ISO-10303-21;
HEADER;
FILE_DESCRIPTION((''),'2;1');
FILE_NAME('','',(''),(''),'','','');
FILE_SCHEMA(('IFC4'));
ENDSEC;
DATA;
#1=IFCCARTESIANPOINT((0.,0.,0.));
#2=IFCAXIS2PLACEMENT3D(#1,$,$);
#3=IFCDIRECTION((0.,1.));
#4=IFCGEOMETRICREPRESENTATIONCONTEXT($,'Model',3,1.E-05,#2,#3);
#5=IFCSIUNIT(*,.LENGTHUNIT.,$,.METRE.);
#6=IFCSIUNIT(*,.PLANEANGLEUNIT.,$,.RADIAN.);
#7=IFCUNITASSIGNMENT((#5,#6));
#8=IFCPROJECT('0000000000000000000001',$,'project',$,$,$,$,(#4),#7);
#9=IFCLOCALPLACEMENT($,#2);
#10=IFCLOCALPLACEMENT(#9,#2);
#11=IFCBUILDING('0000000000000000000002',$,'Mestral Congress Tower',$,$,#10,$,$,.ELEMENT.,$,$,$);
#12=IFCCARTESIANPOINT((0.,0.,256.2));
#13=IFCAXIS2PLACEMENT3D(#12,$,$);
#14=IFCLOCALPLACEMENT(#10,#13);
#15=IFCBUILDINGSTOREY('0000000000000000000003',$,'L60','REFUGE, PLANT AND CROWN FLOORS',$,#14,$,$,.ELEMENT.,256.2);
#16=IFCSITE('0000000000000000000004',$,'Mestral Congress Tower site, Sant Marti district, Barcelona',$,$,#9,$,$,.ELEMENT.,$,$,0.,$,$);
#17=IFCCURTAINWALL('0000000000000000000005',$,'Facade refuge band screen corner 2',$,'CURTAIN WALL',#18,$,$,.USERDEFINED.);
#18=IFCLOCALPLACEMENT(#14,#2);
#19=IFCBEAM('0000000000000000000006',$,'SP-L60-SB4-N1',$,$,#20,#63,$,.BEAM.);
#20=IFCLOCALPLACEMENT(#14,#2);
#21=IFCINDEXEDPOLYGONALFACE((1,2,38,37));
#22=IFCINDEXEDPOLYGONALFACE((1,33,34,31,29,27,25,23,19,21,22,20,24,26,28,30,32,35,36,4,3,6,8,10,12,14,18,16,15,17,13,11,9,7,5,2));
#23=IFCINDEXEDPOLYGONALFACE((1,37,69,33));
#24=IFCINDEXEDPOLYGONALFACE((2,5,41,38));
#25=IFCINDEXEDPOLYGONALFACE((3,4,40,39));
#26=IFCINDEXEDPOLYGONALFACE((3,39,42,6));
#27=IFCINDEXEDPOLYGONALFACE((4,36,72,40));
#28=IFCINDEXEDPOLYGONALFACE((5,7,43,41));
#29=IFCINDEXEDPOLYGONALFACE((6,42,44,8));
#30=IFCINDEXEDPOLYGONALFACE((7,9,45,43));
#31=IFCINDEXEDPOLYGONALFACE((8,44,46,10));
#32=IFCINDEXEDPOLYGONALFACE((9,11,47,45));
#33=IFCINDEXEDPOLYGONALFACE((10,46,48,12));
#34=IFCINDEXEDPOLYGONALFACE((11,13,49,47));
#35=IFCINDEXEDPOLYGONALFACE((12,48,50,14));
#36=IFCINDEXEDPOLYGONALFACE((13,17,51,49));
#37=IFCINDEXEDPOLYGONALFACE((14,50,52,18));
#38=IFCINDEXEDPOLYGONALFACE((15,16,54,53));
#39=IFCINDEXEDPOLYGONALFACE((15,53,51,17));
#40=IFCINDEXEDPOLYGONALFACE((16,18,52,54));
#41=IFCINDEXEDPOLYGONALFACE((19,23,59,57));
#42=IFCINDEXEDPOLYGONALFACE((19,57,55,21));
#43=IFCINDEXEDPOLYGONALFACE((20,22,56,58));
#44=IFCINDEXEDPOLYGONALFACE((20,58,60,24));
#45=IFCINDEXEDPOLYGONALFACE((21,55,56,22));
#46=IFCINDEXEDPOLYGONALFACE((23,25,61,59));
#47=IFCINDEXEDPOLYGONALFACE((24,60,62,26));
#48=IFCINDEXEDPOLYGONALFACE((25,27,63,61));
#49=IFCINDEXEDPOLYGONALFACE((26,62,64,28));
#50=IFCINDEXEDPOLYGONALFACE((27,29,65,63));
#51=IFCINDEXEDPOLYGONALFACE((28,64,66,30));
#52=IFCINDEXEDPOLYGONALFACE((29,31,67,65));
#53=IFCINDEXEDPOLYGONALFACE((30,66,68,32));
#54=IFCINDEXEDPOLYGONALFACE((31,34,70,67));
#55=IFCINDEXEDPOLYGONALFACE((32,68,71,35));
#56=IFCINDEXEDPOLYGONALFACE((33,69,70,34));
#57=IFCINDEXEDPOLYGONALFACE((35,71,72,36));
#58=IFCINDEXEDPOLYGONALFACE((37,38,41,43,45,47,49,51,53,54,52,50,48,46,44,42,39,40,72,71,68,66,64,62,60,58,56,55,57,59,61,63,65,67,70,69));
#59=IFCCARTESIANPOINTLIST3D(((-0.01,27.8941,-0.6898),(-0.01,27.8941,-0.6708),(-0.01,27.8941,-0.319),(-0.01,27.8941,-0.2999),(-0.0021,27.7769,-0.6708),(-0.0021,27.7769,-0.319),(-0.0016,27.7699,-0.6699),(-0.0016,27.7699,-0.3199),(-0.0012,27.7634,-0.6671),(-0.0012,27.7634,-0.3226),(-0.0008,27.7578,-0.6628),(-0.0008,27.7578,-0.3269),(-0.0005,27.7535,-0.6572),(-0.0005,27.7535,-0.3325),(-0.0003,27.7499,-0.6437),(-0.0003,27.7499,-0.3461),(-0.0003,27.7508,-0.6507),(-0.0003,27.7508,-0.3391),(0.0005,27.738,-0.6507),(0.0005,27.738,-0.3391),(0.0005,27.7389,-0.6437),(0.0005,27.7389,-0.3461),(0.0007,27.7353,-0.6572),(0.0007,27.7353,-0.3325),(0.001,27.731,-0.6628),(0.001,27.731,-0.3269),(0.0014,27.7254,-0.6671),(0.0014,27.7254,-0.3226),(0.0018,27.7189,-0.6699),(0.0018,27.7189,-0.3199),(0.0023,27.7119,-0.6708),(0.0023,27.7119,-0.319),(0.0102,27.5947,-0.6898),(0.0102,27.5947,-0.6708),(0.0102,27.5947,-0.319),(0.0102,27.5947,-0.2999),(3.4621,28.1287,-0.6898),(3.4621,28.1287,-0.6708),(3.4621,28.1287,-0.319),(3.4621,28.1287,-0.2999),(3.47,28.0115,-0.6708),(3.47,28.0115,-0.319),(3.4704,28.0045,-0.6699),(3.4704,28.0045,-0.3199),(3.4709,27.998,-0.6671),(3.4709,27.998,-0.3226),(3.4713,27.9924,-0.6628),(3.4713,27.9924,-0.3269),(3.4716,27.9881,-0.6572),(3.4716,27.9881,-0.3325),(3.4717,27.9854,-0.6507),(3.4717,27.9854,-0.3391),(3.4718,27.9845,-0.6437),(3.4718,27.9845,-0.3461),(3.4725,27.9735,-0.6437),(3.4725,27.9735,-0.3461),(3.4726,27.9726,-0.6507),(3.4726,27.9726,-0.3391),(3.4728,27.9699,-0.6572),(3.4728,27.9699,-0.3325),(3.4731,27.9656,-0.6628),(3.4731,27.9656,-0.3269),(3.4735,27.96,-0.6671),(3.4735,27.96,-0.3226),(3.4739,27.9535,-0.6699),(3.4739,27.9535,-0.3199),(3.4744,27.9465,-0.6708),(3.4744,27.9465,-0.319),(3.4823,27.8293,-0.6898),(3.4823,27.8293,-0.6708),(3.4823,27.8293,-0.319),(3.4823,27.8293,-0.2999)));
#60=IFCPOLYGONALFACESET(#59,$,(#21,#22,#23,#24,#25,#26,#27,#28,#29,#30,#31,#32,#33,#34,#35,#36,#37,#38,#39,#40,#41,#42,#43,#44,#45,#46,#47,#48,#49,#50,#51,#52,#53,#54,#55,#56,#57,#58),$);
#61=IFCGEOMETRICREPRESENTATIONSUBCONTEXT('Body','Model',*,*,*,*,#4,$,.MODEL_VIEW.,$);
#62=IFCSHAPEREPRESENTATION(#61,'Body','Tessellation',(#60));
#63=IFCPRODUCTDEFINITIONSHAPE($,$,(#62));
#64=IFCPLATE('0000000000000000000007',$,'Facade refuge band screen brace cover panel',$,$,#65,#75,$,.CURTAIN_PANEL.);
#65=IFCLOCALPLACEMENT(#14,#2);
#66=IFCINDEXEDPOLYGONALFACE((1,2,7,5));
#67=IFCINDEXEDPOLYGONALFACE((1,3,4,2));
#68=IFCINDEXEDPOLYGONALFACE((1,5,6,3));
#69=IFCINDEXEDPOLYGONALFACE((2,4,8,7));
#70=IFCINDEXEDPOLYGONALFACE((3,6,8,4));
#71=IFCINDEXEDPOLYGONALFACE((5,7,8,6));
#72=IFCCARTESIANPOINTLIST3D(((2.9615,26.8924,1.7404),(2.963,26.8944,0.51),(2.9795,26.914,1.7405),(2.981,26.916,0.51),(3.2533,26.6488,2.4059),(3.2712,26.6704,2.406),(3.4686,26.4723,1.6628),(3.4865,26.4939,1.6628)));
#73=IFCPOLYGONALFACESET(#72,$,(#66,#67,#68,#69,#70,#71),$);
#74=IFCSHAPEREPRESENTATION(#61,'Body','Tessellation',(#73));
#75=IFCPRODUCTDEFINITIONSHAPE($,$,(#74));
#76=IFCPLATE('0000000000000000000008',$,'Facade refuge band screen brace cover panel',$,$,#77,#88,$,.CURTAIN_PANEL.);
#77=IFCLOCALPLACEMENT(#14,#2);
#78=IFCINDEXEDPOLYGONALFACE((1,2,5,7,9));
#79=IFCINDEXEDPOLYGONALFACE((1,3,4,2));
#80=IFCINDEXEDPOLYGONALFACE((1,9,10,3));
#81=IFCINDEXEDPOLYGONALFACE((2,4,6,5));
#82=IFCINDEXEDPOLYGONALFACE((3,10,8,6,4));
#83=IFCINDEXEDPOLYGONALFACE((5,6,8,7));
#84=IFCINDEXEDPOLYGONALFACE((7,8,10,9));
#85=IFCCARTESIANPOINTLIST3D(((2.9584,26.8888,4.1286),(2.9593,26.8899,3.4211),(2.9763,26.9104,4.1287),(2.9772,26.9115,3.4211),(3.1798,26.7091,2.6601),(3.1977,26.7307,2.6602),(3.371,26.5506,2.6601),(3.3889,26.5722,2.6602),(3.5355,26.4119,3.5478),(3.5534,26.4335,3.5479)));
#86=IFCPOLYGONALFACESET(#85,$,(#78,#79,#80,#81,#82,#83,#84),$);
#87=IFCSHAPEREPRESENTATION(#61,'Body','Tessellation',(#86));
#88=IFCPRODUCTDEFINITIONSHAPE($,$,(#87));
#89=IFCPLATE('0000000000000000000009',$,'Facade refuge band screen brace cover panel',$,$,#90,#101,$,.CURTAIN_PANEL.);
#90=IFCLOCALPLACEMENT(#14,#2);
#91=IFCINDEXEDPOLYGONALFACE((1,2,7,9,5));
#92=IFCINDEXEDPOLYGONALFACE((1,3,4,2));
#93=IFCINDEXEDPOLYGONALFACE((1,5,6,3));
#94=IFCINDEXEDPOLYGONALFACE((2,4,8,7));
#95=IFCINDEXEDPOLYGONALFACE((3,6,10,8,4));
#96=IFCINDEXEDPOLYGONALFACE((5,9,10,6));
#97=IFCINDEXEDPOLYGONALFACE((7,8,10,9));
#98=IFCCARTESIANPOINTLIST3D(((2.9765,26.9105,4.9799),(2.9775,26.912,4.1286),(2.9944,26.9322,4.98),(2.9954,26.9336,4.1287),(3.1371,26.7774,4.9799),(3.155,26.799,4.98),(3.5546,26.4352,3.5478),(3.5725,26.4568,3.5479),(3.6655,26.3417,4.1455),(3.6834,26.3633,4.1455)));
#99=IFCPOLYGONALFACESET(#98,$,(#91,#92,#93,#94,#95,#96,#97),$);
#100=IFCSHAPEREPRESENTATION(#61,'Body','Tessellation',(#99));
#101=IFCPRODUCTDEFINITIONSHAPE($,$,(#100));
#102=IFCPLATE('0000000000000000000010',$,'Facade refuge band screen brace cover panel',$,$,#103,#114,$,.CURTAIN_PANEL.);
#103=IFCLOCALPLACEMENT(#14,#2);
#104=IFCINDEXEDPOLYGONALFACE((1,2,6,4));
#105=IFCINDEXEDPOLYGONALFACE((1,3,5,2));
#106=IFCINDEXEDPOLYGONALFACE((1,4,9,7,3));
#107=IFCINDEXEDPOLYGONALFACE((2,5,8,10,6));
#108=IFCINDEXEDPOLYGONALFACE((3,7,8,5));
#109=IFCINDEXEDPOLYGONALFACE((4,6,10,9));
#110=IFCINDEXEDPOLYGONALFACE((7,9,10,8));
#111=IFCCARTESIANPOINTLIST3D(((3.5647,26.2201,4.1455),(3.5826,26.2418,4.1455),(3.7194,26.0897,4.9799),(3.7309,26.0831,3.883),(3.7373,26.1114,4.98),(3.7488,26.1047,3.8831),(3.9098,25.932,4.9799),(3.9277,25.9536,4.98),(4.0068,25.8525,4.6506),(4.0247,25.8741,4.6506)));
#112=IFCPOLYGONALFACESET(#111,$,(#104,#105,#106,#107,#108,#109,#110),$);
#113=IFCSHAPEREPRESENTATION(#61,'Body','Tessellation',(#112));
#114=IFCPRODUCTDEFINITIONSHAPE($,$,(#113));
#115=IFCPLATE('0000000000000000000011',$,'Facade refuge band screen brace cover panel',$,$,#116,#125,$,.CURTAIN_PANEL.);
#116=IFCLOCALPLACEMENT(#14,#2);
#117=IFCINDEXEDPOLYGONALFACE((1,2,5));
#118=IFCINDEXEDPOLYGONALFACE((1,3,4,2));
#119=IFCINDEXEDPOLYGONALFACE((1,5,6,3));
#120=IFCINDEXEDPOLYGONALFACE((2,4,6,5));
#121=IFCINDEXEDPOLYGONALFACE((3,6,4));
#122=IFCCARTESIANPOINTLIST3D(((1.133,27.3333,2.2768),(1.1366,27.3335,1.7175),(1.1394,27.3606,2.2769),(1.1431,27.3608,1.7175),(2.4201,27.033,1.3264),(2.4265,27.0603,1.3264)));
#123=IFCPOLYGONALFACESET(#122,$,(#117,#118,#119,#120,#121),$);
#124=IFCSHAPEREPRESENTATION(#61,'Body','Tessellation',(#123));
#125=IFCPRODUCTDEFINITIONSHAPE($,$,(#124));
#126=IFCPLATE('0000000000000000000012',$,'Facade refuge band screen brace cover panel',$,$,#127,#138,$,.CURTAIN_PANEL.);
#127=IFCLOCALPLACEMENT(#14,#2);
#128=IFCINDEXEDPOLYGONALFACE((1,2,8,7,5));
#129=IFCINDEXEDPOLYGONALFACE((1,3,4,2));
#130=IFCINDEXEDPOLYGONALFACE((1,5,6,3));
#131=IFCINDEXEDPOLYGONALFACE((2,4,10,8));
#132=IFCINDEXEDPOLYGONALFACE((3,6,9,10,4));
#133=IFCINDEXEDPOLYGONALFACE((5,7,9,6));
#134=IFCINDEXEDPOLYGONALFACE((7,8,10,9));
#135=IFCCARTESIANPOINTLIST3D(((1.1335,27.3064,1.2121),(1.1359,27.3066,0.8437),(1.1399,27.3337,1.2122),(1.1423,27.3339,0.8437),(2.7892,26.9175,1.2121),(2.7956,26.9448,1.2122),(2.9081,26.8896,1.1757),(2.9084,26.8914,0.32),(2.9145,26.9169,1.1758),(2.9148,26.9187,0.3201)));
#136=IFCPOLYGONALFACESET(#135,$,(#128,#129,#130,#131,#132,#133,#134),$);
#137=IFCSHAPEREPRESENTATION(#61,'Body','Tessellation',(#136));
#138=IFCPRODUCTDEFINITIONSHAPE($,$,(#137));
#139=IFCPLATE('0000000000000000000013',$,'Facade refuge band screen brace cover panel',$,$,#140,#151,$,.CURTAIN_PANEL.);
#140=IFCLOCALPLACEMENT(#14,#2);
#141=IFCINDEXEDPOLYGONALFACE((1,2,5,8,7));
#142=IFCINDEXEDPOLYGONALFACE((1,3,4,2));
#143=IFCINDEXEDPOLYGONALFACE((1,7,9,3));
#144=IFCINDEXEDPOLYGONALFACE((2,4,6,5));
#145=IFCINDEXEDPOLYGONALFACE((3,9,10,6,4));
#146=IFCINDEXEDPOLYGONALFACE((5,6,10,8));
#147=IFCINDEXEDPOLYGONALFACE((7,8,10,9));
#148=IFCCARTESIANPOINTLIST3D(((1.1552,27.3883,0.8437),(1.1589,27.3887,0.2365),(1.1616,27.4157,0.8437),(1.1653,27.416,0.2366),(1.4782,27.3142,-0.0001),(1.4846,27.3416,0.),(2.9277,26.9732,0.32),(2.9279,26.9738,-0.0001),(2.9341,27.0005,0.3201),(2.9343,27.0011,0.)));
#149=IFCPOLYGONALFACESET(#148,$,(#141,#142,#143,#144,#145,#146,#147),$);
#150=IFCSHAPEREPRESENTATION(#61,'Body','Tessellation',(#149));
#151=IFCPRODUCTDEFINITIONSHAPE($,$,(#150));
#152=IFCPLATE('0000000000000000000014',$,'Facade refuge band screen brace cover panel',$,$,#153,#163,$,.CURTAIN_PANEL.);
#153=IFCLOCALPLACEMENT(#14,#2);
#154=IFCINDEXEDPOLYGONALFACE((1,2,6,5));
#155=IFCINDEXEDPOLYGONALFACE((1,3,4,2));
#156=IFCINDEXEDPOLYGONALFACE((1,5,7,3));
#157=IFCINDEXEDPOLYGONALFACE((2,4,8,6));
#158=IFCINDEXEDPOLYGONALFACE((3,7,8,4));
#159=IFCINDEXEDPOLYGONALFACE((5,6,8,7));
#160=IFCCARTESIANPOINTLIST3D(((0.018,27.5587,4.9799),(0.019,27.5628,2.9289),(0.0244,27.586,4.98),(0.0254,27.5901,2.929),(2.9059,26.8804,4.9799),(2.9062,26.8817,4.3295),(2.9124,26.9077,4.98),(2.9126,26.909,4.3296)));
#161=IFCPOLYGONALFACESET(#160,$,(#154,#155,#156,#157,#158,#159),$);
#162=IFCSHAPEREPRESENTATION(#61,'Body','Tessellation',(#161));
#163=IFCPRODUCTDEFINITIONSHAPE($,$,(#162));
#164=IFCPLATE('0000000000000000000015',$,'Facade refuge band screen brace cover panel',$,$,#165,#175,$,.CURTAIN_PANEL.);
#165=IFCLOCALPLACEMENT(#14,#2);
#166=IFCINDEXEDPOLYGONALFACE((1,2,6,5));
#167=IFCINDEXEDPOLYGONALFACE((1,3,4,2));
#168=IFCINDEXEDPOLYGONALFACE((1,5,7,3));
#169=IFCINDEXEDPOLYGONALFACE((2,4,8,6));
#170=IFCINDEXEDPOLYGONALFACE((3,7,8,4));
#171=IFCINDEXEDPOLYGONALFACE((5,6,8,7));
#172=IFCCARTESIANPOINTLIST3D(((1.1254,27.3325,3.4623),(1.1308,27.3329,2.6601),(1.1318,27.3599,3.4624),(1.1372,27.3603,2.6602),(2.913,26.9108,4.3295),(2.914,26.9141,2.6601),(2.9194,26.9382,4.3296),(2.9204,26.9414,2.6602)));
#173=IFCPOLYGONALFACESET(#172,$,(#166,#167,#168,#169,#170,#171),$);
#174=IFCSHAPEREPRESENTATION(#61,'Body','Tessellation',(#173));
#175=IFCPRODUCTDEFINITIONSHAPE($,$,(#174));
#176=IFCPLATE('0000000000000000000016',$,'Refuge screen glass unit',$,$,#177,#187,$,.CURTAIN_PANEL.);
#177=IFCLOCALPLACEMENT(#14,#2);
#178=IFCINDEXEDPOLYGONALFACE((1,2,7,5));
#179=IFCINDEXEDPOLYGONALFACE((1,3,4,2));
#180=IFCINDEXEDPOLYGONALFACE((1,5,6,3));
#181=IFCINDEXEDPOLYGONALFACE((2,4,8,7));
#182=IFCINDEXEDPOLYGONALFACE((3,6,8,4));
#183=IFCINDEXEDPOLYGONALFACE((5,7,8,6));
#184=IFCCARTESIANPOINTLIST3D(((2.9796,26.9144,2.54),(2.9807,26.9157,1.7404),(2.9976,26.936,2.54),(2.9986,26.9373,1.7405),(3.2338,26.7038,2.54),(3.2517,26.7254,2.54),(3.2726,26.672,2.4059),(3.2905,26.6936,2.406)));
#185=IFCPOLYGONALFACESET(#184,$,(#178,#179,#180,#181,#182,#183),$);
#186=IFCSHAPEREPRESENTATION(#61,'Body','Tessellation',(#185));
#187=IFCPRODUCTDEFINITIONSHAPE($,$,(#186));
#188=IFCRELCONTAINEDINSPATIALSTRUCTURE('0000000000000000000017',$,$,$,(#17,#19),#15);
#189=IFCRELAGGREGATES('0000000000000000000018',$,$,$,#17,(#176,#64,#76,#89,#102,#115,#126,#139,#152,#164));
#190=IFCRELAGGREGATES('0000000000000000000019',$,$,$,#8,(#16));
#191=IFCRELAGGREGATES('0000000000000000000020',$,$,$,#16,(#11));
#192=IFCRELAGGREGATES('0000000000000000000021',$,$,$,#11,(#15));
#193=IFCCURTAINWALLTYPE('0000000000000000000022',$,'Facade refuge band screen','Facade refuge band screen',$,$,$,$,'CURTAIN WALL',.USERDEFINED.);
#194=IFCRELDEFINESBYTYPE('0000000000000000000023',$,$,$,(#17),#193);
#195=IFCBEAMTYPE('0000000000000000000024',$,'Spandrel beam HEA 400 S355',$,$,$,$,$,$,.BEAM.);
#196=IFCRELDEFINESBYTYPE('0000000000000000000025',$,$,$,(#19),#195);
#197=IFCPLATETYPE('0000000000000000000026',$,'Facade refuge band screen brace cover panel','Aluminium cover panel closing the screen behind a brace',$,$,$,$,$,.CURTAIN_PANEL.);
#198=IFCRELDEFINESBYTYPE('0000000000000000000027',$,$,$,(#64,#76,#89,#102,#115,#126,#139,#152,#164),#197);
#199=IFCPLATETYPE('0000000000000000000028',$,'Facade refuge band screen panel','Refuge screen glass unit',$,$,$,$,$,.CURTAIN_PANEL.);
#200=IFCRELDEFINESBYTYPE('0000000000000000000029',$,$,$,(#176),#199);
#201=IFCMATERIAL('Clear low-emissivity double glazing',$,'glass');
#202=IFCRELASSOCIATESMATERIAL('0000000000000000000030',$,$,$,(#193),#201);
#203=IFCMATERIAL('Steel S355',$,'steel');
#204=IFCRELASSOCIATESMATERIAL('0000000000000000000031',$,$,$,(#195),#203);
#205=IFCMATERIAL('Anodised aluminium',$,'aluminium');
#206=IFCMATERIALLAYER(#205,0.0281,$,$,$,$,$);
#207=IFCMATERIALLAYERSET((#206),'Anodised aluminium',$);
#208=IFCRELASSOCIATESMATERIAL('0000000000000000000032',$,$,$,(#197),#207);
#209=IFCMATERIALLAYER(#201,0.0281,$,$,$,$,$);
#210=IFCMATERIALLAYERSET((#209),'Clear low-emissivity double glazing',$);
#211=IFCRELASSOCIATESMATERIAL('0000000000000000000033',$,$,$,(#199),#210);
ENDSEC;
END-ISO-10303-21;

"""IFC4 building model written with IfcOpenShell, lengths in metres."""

from ifc_helpers import new_model, si_unit, direction, frame, origin, origin_2d, place, context, subcontext, project, spatial, polyline, i_section, outline, extrude, material, layer, layer_set, material_profile, profile_set, type_object, element, aggregate, save


model = new_model("IFC4")

# Units and contexts
model_context = context("Model", 3, precision=1e-05, world=origin(), true_north=direction((0.0, 1.0)))
body_context = subcontext(model_context, "Body", "Model", "MODEL_VIEW")
ifc_project = project(units=[si_unit("LENGTHUNIT", "METRE"), si_unit("PLANEANGLEUNIT", "RADIAN")], contexts=[model_context])

# Site, building, storey
site_placement = place(None, origin())
site = spatial("IfcSite", under=ifc_project, at=site_placement, Name="Mestral Congress Tower site, Sant Marti district, Barcelona", CompositionType="ELEMENT", RefElevation=0.0)
building_placement = place(site_placement, origin())
building = spatial("IfcBuilding", under=site, at=building_placement, Name="Mestral Congress Tower", CompositionType="ELEMENT")
storey_placement = place(building_placement, frame((0.0, 0.0, 256.2)))
storey = spatial("IfcBuildingStorey", under=building, at=storey_placement, Name="L60", Description="REFUGE, PLANT AND CROWN FLOORS", CompositionType="ELEMENT", Elevation=256.2)

# Shared definitions
ifc_material_1 = material(Name="Steel S355", Category="steel")

# Curtain wall
ifc_material_2 = material(Name="Clear low-emissivity double glazing", Category="glass")
curtain_wall_type = type_object("IfcCurtainWallType", Name="Facade refuge band screen", Description="Facade refuge band screen", ElementType="CURTAIN WALL", PredefinedType="USERDEFINED", material=ifc_material_2)
curtain_wall_placement = place(storey_placement, origin())
curtain_wall = element("IfcCurtainWall", 1, at=curtain_wall_placement, inside=storey, type_object=curtain_wall_type, Name="Facade refuge band screen corner 2", ObjectType="CURTAIN WALL", PredefinedType="USERDEFINED")
ifc_material_3 = material(Name="Anodised aluminium", Category="aluminium")

# Beam
ifc_material_profile_1 = material_profile(ifc_material_1, i_section(OverallWidth=0.3, OverallDepth=0.3899, WebThickness=0.011, FlangeThickness=0.019, FilletRadius=0.0271, at=origin_2d()), Name="HEA 400")
ifc_profile_set_1 = profile_set([ifc_material_profile_1], Name="Steel S355")
beam_type_1 = type_object("IfcBeamType", Name="Spandrel beam HEA 400 S355", PredefinedType="BEAM", material=ifc_profile_set_1)
beam_1_placement = place(storey_placement, frame((3.4722, 27.979, -0.4949), z_axis=(-0.997725, -0.067418, 0.0), x_axis=(0.067418, -0.997725, 0.0)))
element("IfcBeam", 2, at=beam_1_placement, inside=storey, type_object=beam_type_1, Name="SP-L60-SB4-N1", PredefinedType="BEAM", context=body_context, shape_type="SweptSolid", body=[
    extrude(i_section(OverallWidth=0.3, OverallDepth=0.3899, WebThickness=0.011, FlangeThickness=0.019, FilletRadius=0.0271, at=origin_2d()), origin(), (0.0, 0.0, 1.0), 3.48),
])

# Plates
ifc_layer_1 = layer(ifc_material_3, 0.0281)
ifc_layer_set_1 = layer_set([ifc_layer_1], Name="Anodised aluminium")
plate_type_1 = type_object("IfcPlateType", Name="Facade refuge band screen brace cover panel", Description="Aluminium cover panel closing the screen behind a brace", PredefinedType="CURTAIN_PANEL", material=ifc_layer_set_1)
plate_1_placement = place(storey_placement, frame((2.981, 26.916, 0.51), z_axis=(0.638212, 0.769858, 0.002014), x_axis=(0.380794, -0.31795, 0.868276)))
plate_1 = element("IfcPlate", 3, at=plate_1_placement, type_object=plate_type_1, Name="Facade refuge band screen brace cover panel", PredefinedType="CURTAIN_PANEL", context=body_context, shape_type="SweptSolid", body=[
    extrude(outline(polyline([(0.0, 0.0), (1.3277, 0.0), (1.8349, -0.6104), (1.0685, -0.6103), (0.0, 0.0)])), origin(), (0.0, 0.0, -1.0), 0.0281),
])
plate_2_placement = place(storey_placement, frame((2.9763, 26.9104, 4.1287), z_axis=(0.638231, 0.769842, 0.002034), x_axis=(0.001268, 0.00159, -0.999998)))
plate_2 = element("IfcPlate", 4, at=plate_2_placement, type_object=plate_type_1, Name="Facade refuge band screen brace cover panel", PredefinedType="CURTAIN_PANEL", context=body_context, shape_type="SweptSolid", body=[
    extrude(outline(polyline([(0.0, 0.0), (0.7075, 0.0), (1.4685, -0.2852), (1.4685, -0.5335), (0.5808, -0.7486), (0.0, 0.0)])), origin(), (0.0, 0.0, -1.0), 0.0281),
])
plate_3_placement = place(storey_placement, frame((3.5725, 26.4568, 3.5479), z_axis=(0.638129, 0.769927, 0.002026), x_axis=(0.180282, -0.151978, 0.971803)))
plate_3 = element("IfcPlate", 5, at=plate_3_placement, type_object=plate_type_1, Name="Facade refuge band screen brace cover panel", PredefinedType="CURTAIN_PANEL", context=body_context, shape_type="SweptSolid", body=[
    extrude(outline(polyline([(0.0, 0.0), (0.615, 0.0), (1.2645, -0.8623), (1.2153, -1.065), (0.3879, -0.8645), (0.0, 0.0)])), origin(), (0.0, 0.0, -1.0), 0.0281),
])
plate_4_placement = place(storey_placement, frame((3.9277, 25.9536, 4.98), z_axis=(0.637988, 0.770044, 0.001996), x_axis=(-0.770045, 0.63799, 0.0)))
plate_4 = element("IfcPlate", 6, at=plate_4_placement, type_object=plate_type_1, Name="Facade refuge band screen brace cover panel", PredefinedType="CURTAIN_PANEL", context=body_context, shape_type="SweptSolid", body=[
    extrude(outline(polyline([(0.0, 0.0), (0.2473, 0.0), (0.4496, -0.8345), (0.2342, -1.0969), (-0.1254, -0.3293), (0.0, 0.0)])), origin(), (0.0, 0.0, -1.0), 0.0281),
])
plate_5_placement = place(storey_placement, frame((2.4265, 27.0603, 1.3264), z_axis=(0.228551, 0.97353, 0.001921), x_axis=(-0.790641, 0.184463, 0.583833)))
plate_5 = element("IfcPlate", 7, at=plate_5_placement, type_object=plate_type_1, Name="Facade refuge band screen brace cover panel", PredefinedType="CURTAIN_PANEL", context=body_context, shape_type="SweptSolid", body=[
    extrude(outline(polyline([(0.0, 0.0), (1.6279, 0.0), (1.2985, -0.4521), (0.0, 0.0)])), origin(), (0.0, 0.0, -1.0), 0.0281),
])
plate_6_placement = place(storey_placement, frame((2.9148, 26.9187, 0.3201), z_axis=(0.228674, 0.973501, 0.002068), x_axis=(-0.000299, -0.002054, 0.999998)))
plate_6 = element("IfcPlate", 8, at=plate_6_placement, type_object=plate_type_1, Name="Facade refuge band screen brace cover panel", PredefinedType="CURTAIN_PANEL", context=body_context, shape_type="SweptSolid", body=[
    extrude(outline(polyline([(0.0, 0.0), (0.8557, 0.0), (0.8921, -0.1221), (0.8918, -1.8229), (0.5234, -1.8206), (0.0, 0.0)])), origin(), (0.0, 0.0, -1.0), 0.0281),
])
plate_7_placement = place(storey_placement, frame((1.4846, 27.3416, 0.0), z_axis=(0.228595, 0.97352, 0.002003), x_axis=(0.973521, -0.228595, 0.0)))
plate_7 = element("IfcPlate", 9, at=plate_7_placement, type_object=plate_type_1, Name="Facade refuge band screen brace cover panel", PredefinedType="CURTAIN_PANEL", context=body_context, shape_type="SweptSolid", body=[
    extrude(outline(polyline([(0.0, 0.0), (1.4891, 0.0), (1.489, -0.3201), (-0.3314, -0.8438), (-0.3279, -0.2366), (0.0, 0.0)])), origin(), (0.0, 0.0, -1.0), 0.0281),
])
plate_8_placement = place(storey_placement, frame((2.9124, 26.9077, 4.98), z_axis=(0.228653, 0.973506, 0.002039), x_axis=(-0.973508, 0.228653, 0.0)))
plate_8 = element("IfcPlate", 10, at=plate_8_placement, type_object=plate_type_1, Name="Facade refuge band screen brace cover panel", PredefinedType="CURTAIN_PANEL", context=body_context, shape_type="SweptSolid", body=[
    extrude(outline(polyline([(0.0, 0.0), (2.9665, 0.0), (2.9665, -2.051), (0.0, -0.6504), (0.0, 0.0)])), origin(), (0.0, 0.0, -1.0), 0.0281),
])
plate_9_placement = place(storey_placement, frame((2.9204, 26.9414, 2.6602), z_axis=(0.228672, 0.973501, 0.00203), x_axis=(-0.000595, -0.001945, 0.999998)))
plate_9 = element("IfcPlate", 11, at=plate_9_placement, type_object=plate_type_1, Name="Facade refuge band screen brace cover panel", PredefinedType="CURTAIN_PANEL", context=body_context, shape_type="SweptSolid", body=[
    extrude(outline(polyline([(0.0, 0.0), (1.6694, 0.0), (0.8025, -1.8368), (0.0002, -1.8318), (0.0, 0.0)])), origin(), (0.0, 0.0, -1.0), 0.0281),
])
ifc_layer_2 = layer(ifc_material_2, 0.0281)
ifc_layer_set_2 = layer_set([ifc_layer_2], Name="Clear low-emissivity double glazing")
plate_type_2 = type_object("IfcPlateType", Name="Facade refuge band screen panel", Description="Refuge screen glass unit", PredefinedType="CURTAIN_PANEL", material=ifc_layer_set_2)
plate_10_placement = place(storey_placement, frame((3.2905, 26.6936, 2.406), z_axis=(0.638078, 0.769969, 0.002029), x_axis=(-0.270992, 0.222104, 0.936607)))
plate_10 = element("IfcPlate", 12, at=plate_10_placement, type_object=plate_type_2, Name="Refuge screen glass unit", PredefinedType="CURTAIN_PANEL", context=body_context, shape_type="SweptSolid", body=[
    extrude(outline(polyline([(0.0, 0.0), (0.1431, 0.0), (0.2588, -0.3092), (-0.4901, -0.5894), (0.0, 0.0)])), origin(), (0.0, 0.0, -1.0), 0.0281),
])

aggregate(curtain_wall, [plate_10, plate_1, plate_2, plate_3, plate_4, plate_5, plate_6, plate_7, plate_8, plate_9])

save(model, "model.ifc")
